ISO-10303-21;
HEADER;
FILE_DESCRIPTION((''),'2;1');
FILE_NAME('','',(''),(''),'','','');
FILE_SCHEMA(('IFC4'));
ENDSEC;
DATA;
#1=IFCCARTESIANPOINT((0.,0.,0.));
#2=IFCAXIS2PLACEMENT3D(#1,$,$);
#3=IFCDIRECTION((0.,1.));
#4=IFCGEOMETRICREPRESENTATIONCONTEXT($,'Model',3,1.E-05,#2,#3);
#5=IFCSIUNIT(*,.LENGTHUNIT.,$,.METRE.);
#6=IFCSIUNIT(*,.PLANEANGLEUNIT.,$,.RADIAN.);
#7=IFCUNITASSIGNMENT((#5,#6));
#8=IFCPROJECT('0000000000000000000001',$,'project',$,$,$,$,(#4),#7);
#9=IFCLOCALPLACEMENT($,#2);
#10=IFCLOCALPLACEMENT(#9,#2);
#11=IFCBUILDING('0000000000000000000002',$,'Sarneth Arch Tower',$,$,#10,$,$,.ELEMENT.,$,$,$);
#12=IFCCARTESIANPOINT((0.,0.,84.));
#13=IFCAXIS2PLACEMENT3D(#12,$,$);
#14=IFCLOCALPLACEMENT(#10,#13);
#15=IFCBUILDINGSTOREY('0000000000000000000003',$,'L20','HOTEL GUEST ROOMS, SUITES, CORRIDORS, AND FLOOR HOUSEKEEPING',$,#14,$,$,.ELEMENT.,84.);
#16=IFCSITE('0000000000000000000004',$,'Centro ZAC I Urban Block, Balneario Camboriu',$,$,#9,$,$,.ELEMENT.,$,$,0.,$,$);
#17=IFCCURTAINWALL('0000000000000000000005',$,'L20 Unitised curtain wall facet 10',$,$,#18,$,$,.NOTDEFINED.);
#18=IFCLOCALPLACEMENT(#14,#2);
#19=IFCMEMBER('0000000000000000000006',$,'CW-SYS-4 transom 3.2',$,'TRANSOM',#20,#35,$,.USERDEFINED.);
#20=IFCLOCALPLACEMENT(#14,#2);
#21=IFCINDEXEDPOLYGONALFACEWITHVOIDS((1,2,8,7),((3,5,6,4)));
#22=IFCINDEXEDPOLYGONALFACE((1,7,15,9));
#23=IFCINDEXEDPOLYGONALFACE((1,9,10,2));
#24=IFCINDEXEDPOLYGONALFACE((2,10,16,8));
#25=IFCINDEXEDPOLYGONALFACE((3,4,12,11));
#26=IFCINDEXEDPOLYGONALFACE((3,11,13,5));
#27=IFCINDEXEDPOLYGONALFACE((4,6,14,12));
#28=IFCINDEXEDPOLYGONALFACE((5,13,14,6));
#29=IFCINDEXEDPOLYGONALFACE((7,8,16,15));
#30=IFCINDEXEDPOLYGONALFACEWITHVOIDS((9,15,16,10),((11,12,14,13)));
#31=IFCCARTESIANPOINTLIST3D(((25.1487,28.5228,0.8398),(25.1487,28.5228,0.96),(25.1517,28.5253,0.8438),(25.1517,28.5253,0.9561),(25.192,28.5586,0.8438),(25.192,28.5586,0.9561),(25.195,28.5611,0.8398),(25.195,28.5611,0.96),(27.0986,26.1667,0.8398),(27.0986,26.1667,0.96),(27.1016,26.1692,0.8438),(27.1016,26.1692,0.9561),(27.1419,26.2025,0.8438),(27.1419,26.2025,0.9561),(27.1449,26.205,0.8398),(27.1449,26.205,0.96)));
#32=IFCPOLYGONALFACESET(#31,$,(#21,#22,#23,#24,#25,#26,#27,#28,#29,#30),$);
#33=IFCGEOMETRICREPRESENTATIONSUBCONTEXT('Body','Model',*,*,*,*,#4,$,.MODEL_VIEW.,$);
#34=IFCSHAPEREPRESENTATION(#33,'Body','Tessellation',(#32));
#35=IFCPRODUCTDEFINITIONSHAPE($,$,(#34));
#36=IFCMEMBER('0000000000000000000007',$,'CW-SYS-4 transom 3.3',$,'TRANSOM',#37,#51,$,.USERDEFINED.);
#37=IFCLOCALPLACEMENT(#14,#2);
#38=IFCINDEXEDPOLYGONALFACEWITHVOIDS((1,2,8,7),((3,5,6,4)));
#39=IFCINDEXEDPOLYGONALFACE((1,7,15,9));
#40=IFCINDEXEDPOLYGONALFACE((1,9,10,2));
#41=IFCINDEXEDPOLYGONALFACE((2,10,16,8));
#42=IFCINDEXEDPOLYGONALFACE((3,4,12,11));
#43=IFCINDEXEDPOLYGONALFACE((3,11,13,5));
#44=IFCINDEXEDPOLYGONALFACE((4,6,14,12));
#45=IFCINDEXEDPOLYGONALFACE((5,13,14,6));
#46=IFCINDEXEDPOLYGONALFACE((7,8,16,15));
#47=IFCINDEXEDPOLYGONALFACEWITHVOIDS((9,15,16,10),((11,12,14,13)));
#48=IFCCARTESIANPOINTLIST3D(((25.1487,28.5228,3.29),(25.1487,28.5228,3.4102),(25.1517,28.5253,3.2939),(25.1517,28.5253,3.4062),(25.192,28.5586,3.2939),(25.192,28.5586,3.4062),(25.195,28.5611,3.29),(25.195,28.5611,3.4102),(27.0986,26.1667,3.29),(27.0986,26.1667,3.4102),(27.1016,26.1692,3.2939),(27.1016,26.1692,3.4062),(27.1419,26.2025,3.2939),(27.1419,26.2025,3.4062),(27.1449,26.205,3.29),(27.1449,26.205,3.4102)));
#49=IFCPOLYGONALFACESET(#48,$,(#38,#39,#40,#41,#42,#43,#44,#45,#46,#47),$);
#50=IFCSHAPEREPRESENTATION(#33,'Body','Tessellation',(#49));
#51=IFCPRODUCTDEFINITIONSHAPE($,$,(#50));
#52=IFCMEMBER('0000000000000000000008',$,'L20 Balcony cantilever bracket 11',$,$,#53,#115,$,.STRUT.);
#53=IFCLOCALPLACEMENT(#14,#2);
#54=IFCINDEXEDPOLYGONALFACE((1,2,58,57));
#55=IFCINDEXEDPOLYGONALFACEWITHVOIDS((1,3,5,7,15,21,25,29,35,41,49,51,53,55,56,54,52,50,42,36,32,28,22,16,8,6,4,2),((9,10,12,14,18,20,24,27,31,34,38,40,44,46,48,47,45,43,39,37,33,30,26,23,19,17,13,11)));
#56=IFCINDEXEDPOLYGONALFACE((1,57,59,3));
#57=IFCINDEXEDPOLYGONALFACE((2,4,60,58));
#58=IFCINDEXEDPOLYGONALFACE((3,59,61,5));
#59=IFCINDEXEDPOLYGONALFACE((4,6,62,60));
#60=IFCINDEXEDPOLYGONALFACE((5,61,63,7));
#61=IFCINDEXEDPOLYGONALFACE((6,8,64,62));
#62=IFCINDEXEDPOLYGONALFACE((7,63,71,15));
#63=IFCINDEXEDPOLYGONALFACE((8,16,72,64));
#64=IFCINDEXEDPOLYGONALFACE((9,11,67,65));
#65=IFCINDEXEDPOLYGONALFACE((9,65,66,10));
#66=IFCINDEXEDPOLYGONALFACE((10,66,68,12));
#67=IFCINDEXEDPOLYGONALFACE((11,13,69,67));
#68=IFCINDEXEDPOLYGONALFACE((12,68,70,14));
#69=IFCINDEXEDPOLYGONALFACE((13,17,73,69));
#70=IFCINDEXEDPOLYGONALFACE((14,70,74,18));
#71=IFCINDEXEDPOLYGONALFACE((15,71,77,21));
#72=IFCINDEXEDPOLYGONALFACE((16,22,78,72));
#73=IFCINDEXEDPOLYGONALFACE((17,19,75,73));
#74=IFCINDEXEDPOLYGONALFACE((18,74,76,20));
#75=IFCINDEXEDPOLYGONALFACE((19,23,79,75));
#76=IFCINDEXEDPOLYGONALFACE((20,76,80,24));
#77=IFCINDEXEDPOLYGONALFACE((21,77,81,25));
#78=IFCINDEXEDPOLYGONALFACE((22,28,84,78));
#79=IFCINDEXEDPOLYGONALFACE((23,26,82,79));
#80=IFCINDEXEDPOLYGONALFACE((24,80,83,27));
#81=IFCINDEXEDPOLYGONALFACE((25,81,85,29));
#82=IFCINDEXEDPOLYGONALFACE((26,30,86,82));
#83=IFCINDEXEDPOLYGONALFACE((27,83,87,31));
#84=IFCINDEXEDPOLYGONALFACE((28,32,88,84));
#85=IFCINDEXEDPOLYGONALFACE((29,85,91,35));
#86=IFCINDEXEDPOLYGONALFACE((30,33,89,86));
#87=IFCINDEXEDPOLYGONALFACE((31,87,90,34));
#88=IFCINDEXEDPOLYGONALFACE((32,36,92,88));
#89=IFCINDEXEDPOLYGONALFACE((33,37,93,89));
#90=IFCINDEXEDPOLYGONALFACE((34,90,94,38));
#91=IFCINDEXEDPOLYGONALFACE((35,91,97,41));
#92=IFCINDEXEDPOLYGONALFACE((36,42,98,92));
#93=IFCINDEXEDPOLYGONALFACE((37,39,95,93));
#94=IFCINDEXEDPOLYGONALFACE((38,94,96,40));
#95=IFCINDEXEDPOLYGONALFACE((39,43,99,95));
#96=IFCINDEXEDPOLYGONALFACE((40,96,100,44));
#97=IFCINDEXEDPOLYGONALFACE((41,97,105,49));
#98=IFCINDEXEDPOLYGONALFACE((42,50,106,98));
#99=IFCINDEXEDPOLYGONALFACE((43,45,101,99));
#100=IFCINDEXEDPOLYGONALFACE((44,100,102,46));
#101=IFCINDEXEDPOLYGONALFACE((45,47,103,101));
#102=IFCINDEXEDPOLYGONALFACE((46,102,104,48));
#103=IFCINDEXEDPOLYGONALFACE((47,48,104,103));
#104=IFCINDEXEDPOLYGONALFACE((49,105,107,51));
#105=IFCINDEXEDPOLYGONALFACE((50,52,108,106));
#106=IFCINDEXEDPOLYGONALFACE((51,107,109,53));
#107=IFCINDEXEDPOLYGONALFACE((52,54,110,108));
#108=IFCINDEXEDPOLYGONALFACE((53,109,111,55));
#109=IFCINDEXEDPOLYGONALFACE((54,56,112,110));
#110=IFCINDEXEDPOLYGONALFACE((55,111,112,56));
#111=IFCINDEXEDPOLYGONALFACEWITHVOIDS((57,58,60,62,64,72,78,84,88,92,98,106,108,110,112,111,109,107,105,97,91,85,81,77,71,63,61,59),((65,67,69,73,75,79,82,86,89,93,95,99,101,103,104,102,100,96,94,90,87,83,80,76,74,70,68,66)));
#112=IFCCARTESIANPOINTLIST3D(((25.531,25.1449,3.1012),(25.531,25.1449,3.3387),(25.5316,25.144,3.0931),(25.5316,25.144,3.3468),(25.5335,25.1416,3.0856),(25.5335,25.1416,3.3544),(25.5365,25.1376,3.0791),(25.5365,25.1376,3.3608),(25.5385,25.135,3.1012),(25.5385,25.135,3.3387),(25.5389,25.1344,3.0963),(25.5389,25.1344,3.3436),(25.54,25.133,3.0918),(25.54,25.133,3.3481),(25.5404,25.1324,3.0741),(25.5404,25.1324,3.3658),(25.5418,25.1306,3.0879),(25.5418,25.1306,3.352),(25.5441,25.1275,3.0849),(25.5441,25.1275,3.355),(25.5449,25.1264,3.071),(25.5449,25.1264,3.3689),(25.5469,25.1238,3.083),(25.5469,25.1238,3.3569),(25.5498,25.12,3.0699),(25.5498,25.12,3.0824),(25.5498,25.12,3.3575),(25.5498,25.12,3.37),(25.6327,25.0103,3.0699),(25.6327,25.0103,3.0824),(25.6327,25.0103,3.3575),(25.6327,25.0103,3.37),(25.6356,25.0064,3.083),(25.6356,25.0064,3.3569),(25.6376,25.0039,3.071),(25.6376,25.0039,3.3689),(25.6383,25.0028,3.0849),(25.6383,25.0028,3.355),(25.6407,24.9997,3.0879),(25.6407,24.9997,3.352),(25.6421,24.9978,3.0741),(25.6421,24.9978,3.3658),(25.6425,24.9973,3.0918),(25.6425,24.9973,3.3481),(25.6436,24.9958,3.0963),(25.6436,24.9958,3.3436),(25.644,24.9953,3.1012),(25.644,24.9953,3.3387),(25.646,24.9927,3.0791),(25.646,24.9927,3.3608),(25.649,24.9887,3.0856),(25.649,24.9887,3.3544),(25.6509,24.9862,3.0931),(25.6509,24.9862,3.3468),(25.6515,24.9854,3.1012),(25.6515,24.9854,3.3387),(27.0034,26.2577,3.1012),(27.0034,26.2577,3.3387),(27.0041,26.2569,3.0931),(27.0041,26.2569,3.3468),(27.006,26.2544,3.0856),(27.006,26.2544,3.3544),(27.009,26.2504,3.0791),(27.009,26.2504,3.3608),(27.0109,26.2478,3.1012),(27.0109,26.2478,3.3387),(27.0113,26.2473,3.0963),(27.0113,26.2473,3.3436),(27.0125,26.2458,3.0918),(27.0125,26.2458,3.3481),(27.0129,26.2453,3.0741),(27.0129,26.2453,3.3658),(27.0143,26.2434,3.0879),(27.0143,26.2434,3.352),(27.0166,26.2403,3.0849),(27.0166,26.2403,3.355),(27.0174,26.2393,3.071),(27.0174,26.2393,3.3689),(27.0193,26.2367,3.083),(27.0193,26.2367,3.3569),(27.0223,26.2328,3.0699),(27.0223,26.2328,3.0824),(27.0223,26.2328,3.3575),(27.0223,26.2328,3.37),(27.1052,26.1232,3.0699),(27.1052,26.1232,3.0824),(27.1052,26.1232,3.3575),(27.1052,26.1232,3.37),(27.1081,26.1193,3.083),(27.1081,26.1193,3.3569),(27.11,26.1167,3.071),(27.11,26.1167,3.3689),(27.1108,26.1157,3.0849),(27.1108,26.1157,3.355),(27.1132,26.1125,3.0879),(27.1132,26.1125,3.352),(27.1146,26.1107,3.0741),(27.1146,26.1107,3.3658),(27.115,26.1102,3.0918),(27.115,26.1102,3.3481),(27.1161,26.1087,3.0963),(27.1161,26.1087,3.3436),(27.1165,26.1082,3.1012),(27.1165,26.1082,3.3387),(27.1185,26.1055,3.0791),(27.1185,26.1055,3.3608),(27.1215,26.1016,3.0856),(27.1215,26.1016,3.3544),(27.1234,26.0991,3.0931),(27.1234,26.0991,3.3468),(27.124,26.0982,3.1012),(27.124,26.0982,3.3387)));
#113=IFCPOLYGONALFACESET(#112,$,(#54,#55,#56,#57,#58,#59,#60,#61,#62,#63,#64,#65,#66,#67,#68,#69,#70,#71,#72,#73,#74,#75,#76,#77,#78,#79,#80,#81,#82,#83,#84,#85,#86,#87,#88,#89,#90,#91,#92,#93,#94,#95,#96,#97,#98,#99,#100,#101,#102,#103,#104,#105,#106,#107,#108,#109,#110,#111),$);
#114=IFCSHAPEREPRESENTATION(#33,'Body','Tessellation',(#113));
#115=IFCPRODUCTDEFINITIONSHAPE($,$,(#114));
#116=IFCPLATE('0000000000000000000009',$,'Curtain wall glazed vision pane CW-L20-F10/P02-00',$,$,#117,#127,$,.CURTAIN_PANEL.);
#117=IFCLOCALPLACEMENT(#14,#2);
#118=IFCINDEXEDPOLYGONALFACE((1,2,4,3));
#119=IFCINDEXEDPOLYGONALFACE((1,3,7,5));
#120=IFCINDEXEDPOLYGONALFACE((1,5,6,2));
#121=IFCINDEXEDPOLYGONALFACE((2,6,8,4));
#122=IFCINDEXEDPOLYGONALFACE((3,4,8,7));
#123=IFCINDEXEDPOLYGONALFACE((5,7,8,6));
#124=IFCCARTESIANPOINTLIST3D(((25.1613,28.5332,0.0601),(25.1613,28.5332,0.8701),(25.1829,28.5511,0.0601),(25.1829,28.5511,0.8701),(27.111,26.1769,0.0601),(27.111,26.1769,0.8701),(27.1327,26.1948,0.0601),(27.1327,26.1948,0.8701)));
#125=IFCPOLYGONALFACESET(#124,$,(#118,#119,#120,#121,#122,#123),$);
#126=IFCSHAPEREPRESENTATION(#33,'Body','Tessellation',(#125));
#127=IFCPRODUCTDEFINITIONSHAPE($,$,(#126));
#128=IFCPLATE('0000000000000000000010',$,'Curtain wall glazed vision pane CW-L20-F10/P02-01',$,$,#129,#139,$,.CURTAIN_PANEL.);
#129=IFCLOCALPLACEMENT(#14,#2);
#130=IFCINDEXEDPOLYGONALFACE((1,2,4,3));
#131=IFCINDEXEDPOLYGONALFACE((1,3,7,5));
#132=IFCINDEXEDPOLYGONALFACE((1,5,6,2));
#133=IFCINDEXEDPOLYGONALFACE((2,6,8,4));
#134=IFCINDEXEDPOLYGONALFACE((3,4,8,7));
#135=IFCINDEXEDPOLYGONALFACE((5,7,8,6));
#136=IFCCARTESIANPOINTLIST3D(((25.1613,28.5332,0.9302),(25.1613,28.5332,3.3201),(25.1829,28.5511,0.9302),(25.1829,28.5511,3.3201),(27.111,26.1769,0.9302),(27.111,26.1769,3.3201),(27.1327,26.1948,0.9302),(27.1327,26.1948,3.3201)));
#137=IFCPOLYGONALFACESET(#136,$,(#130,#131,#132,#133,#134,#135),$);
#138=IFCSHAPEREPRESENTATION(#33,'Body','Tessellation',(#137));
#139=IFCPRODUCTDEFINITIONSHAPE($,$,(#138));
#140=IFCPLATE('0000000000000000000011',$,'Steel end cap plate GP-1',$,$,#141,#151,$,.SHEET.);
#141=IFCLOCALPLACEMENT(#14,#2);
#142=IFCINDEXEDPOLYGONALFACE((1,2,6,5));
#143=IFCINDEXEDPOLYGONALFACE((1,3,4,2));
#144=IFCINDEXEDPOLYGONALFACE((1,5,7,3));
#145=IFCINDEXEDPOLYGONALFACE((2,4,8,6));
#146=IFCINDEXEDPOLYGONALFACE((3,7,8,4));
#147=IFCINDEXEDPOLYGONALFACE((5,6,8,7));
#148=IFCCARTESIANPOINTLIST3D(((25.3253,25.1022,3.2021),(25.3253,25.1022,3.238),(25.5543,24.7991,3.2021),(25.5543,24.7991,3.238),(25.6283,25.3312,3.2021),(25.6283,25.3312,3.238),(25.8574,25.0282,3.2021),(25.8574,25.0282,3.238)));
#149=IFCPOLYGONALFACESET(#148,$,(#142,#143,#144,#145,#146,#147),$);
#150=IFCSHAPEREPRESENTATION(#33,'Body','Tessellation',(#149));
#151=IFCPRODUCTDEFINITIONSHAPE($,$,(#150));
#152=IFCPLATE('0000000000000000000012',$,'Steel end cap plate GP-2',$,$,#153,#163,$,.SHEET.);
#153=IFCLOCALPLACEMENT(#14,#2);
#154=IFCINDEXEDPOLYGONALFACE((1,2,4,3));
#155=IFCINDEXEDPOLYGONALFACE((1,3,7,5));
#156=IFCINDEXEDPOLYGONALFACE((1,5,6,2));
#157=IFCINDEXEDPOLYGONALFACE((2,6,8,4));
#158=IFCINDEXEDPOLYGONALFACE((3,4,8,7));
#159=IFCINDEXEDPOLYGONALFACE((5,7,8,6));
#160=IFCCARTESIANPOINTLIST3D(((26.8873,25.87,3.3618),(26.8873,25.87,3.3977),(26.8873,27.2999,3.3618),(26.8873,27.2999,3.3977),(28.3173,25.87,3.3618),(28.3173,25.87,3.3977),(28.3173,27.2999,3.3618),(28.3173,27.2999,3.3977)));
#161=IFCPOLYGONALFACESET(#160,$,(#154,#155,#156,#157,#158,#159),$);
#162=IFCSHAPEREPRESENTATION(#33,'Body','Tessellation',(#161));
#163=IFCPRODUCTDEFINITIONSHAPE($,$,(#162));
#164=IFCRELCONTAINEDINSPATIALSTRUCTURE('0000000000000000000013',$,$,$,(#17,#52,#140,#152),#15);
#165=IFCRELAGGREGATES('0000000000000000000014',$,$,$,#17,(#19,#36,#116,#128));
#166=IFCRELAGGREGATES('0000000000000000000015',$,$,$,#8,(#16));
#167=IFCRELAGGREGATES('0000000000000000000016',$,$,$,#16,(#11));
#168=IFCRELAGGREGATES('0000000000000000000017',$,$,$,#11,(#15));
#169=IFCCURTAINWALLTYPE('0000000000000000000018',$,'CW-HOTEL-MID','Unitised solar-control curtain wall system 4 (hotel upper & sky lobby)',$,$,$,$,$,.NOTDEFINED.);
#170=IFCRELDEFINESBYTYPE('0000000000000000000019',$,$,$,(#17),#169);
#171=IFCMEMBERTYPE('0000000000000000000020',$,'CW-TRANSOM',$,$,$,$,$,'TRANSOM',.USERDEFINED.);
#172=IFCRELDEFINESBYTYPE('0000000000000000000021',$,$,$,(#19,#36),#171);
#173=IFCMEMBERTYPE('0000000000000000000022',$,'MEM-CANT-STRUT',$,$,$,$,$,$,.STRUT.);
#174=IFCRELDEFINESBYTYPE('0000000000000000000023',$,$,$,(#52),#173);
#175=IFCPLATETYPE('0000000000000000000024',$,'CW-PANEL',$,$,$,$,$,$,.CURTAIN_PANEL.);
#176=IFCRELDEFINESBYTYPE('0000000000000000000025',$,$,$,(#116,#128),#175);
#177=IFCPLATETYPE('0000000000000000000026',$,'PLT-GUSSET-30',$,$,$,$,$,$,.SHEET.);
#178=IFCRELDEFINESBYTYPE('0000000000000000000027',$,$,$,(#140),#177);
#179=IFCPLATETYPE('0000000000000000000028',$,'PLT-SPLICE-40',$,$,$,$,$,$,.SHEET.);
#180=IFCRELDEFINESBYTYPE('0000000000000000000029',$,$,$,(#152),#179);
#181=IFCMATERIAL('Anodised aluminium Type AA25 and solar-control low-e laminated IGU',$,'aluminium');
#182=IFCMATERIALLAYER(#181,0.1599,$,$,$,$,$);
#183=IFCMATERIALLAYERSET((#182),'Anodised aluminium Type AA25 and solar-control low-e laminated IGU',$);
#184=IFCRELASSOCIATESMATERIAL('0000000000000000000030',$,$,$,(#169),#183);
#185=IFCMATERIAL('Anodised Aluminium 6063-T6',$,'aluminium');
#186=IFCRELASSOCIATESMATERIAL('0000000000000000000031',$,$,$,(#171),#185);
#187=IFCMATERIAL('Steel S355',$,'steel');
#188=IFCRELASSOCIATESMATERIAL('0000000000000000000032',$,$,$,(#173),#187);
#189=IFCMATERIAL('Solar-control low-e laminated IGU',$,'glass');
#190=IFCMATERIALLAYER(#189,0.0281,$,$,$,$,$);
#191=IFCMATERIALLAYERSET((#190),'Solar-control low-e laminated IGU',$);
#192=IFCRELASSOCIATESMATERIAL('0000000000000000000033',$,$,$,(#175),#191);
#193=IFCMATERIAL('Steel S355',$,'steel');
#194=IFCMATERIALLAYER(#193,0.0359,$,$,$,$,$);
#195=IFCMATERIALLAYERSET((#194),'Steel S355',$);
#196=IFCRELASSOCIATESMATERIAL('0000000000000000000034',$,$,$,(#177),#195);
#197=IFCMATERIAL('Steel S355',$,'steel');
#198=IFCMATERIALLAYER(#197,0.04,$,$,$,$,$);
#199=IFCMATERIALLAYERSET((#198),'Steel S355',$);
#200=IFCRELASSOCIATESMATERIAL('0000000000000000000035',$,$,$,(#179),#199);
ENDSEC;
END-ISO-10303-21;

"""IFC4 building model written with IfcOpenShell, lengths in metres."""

from ifc_helpers import new_model, si_unit, direction, frame, origin, origin_2d, place, context, subcontext, project, spatial, rectangle, hollow_rectangle, extrude, material, layer, layer_set, material_profile, profile_set, type_object, element, aggregate, save


model = new_model("IFC4")

# Units and contexts
model_context = context("Model", 3, precision=1e-05, world=origin(), true_north=direction((0.0, 1.0)))
body_context = subcontext(model_context, "Body", "Model", "MODEL_VIEW")
ifc_project = project(units=[si_unit("LENGTHUNIT", "METRE"), si_unit("PLANEANGLEUNIT", "RADIAN")], contexts=[model_context])

# Site, building, storey
site_placement = place(None, origin())
site = spatial("IfcSite", under=ifc_project, at=site_placement, Name="Centro ZAC I Urban Block, Balneario Camboriu", CompositionType="ELEMENT", RefElevation=0.0)
building_placement = place(site_placement, origin())
building = spatial("IfcBuilding", under=site, at=building_placement, Name="Sarneth Arch Tower", CompositionType="ELEMENT")
storey_placement = place(building_placement, frame((0.0, 0.0, 84.0)))
storey = spatial("IfcBuildingStorey", under=building, at=storey_placement, Name="L20", Description="HOTEL GUEST ROOMS, SUITES, CORRIDORS, AND FLOOR HOUSEKEEPING", CompositionType="ELEMENT", Elevation=84.0)

# Curtain wall, members
ifc_material_1 = material(Name="Anodised aluminium Type AA25 and solar-control low-e laminated IGU", Category="aluminium")
ifc_layer_1 = layer(ifc_material_1, 0.1599)
ifc_layer_set_1 = layer_set([ifc_layer_1], Name="Anodised aluminium Type AA25 and solar-control low-e laminated IGU")
curtain_wall_type = type_object("IfcCurtainWallType", Name="CW-HOTEL-MID", Description="Unitised solar-control curtain wall system 4 (hotel upper & sky lobby)", PredefinedType="NOTDEFINED", material=ifc_layer_set_1)
curtain_wall_placement = place(storey_placement, origin())
curtain_wall = element("IfcCurtainWall", 1, at=curtain_wall_placement, inside=storey, type_object=curtain_wall_type, Name="L20 Unitised curtain wall facet 10", PredefinedType="NOTDEFINED")
ifc_material_2 = material(Name="Anodised Aluminium 6063-T6", Category="aluminium")
ifc_material_profile_1 = material_profile(ifc_material_2, hollow_rectangle(XDim=0.0601, YDim=0.1201, WallThickness=0.0039, at=origin_2d()), Name="AL-TRAN-120x60x4")
ifc_profile_set_1 = profile_set([ifc_material_profile_1], Name="Anodised Aluminium 6063-T6")
member_type_1 = type_object("IfcMemberType", Name="CW-TRANSOM", ElementType="TRANSOM", PredefinedType="USERDEFINED", material=ifc_profile_set_1)
member_1_placement = place(storey_placement, frame((25.1719, 28.542, 0.8999), z_axis=(0.637566, -0.770396, 0.0), x_axis=(0.770396, 0.637566, 0.0)))
member_1 = element("IfcMember", 2, at=member_1_placement, type_object=member_type_1, Name="CW-SYS-4 transom 3.2", ObjectType="TRANSOM", PredefinedType="USERDEFINED", context=body_context, shape_type="SweptSolid", body=[
    extrude(hollow_rectangle(XDim=0.0601, YDim=0.1201, WallThickness=0.0039, at=origin_2d()), origin(), (0.0, 0.0, 1.0), 3.0583),
])
member_2_placement = place(storey_placement, frame((25.1719, 28.542, 3.3501), z_axis=(0.637566, -0.770396, 0.0), x_axis=(0.770396, 0.637566, 0.0)))
member_2 = element("IfcMember", 3, at=member_2_placement, type_object=member_type_1, Name="CW-SYS-4 transom 3.3", ObjectType="TRANSOM", PredefinedType="USERDEFINED", context=body_context, shape_type="SweptSolid", body=[
    extrude(hollow_rectangle(XDim=0.0601, YDim=0.1201, WallThickness=0.0039, at=origin_2d()), origin(), (0.0, 0.0, 1.0), 3.0583),
])

# Member
ifc_material_3 = material(Name="Steel S355", Category="steel")
ifc_material_profile_2 = material_profile(ifc_material_3, hollow_rectangle(XDim=0.2, YDim=0.3, WallThickness=0.0125, InnerFilletRadius=0.0188, OuterFilletRadius=0.0312, at=origin_2d()), Name="RHS300x200x12.5")
ifc_profile_set_2 = profile_set([ifc_material_profile_2], Name="Steel S355")
member_type_2 = type_object("IfcMemberType", Name="MEM-CANT-STRUT", PredefinedType="STRUT", material=ifc_profile_set_2)
member_3_placement = place(storey_placement, frame((27.0637, 26.178, 3.22), z_axis=(-0.797788, -0.602938, 0.0), x_axis=(0.602938, -0.797788, 0.0)))
element("IfcMember", 4, at=member_3_placement, inside=storey, type_object=member_type_2, Name="L20 Balcony cantilever bracket 11", PredefinedType="STRUT", context=body_context, shape_type="SweptSolid", body=[
    extrude(hollow_rectangle(XDim=0.2, YDim=0.3, WallThickness=0.0125, InnerFilletRadius=0.0188, OuterFilletRadius=0.0312, at=origin_2d()), origin(), (0.0, 0.0, 1.0), 1.8457),
])

# Plates
ifc_material_4 = material(Name="Solar-control low-e laminated IGU", Category="glass")
ifc_layer_2 = layer(ifc_material_4, 0.0281)
ifc_layer_set_2 = layer_set([ifc_layer_2], Name="Solar-control low-e laminated IGU")
plate_type_1 = type_object("IfcPlateType", Name="CW-PANEL", PredefinedType="CURTAIN_PANEL", material=ifc_layer_set_2)
plate_1_placement = place(storey_placement, frame((26.147, 27.364, 0.0601), z_axis=(0.0, 0.0, 1.0), x_axis=(0.637515, -0.770438, 0.0)))
plate_1 = element("IfcPlate", 5, at=plate_1_placement, type_object=plate_type_1, Name="Curtain wall glazed vision pane CW-L20-F10/P02-00", PredefinedType="CURTAIN_PANEL", context=body_context, shape_type="SweptSolid", body=[
    extrude(rectangle(XDim=3.0583, YDim=0.0281, at=origin_2d()), origin(), (0.0, 0.0, 1.0), 0.8101),
])
plate_2_placement = place(storey_placement, frame((26.147, 27.364, 0.9302), z_axis=(0.0, 0.0, 1.0), x_axis=(0.637515, -0.770438, 0.0)))
plate_2 = element("IfcPlate", 6, at=plate_2_placement, type_object=plate_type_1, Name="Curtain wall glazed vision pane CW-L20-F10/P02-01", PredefinedType="CURTAIN_PANEL", context=body_context, shape_type="SweptSolid", body=[
    extrude(rectangle(XDim=3.0583, YDim=0.0281, at=origin_2d()), origin(), (0.0, 0.0, 1.0), 2.3899),
])
aggregate(curtain_wall, [member_1, member_2, plate_1, plate_2])

# Plates
ifc_material_5 = material(Name="Steel S355", Category="steel")
ifc_layer_3 = layer(ifc_material_5, 0.0359)
ifc_layer_set_3 = layer_set([ifc_layer_3], Name="Steel S355")
plate_type_2 = type_object("IfcPlateType", Name="PLT-GUSSET-30", PredefinedType="SHEET", material=ifc_layer_set_3)
plate_3_placement = place(storey_placement, frame((25.5913, 25.0652, 3.2021), z_axis=(0.0, 0.0, 1.0), x_axis=(-0.797794, -0.60293, 0.0)))
element("IfcPlate", 7, at=plate_3_placement, inside=storey, type_object=plate_type_2, Name="Steel end cap plate GP-1", PredefinedType="SHEET", context=body_context, shape_type="SweptSolid", body=[
    extrude(rectangle(XDim=0.3799, YDim=0.3799, at=origin_2d()), origin(), (0.0, 0.0, 1.0), 0.0359),
])
ifc_material_6 = material(Name="Steel S355", Category="steel")
ifc_layer_4 = layer(ifc_material_6, 0.04)
ifc_layer_set_4 = layer_set([ifc_layer_4], Name="Steel S355")
plate_type_3 = type_object("IfcPlateType", Name="PLT-SPLICE-40", PredefinedType="SHEET", material=ifc_layer_set_4)
plate_4_placement = place(storey_placement, frame((27.6023, 26.585, 3.3618), z_axis=(0.0, 0.0, 1.0), x_axis=(1.0, 0.0, 0.0)))
element("IfcPlate", 8, at=plate_4_placement, inside=storey, type_object=plate_type_3, Name="Steel end cap plate GP-2", PredefinedType="SHEET", context=body_context, shape_type="SweptSolid", body=[
    extrude(rectangle(XDim=1.4299, YDim=1.4299, at=origin_2d()), origin(), (0.0, 0.0, 1.0), 0.0359),
])

save(model, "model.ifc")
